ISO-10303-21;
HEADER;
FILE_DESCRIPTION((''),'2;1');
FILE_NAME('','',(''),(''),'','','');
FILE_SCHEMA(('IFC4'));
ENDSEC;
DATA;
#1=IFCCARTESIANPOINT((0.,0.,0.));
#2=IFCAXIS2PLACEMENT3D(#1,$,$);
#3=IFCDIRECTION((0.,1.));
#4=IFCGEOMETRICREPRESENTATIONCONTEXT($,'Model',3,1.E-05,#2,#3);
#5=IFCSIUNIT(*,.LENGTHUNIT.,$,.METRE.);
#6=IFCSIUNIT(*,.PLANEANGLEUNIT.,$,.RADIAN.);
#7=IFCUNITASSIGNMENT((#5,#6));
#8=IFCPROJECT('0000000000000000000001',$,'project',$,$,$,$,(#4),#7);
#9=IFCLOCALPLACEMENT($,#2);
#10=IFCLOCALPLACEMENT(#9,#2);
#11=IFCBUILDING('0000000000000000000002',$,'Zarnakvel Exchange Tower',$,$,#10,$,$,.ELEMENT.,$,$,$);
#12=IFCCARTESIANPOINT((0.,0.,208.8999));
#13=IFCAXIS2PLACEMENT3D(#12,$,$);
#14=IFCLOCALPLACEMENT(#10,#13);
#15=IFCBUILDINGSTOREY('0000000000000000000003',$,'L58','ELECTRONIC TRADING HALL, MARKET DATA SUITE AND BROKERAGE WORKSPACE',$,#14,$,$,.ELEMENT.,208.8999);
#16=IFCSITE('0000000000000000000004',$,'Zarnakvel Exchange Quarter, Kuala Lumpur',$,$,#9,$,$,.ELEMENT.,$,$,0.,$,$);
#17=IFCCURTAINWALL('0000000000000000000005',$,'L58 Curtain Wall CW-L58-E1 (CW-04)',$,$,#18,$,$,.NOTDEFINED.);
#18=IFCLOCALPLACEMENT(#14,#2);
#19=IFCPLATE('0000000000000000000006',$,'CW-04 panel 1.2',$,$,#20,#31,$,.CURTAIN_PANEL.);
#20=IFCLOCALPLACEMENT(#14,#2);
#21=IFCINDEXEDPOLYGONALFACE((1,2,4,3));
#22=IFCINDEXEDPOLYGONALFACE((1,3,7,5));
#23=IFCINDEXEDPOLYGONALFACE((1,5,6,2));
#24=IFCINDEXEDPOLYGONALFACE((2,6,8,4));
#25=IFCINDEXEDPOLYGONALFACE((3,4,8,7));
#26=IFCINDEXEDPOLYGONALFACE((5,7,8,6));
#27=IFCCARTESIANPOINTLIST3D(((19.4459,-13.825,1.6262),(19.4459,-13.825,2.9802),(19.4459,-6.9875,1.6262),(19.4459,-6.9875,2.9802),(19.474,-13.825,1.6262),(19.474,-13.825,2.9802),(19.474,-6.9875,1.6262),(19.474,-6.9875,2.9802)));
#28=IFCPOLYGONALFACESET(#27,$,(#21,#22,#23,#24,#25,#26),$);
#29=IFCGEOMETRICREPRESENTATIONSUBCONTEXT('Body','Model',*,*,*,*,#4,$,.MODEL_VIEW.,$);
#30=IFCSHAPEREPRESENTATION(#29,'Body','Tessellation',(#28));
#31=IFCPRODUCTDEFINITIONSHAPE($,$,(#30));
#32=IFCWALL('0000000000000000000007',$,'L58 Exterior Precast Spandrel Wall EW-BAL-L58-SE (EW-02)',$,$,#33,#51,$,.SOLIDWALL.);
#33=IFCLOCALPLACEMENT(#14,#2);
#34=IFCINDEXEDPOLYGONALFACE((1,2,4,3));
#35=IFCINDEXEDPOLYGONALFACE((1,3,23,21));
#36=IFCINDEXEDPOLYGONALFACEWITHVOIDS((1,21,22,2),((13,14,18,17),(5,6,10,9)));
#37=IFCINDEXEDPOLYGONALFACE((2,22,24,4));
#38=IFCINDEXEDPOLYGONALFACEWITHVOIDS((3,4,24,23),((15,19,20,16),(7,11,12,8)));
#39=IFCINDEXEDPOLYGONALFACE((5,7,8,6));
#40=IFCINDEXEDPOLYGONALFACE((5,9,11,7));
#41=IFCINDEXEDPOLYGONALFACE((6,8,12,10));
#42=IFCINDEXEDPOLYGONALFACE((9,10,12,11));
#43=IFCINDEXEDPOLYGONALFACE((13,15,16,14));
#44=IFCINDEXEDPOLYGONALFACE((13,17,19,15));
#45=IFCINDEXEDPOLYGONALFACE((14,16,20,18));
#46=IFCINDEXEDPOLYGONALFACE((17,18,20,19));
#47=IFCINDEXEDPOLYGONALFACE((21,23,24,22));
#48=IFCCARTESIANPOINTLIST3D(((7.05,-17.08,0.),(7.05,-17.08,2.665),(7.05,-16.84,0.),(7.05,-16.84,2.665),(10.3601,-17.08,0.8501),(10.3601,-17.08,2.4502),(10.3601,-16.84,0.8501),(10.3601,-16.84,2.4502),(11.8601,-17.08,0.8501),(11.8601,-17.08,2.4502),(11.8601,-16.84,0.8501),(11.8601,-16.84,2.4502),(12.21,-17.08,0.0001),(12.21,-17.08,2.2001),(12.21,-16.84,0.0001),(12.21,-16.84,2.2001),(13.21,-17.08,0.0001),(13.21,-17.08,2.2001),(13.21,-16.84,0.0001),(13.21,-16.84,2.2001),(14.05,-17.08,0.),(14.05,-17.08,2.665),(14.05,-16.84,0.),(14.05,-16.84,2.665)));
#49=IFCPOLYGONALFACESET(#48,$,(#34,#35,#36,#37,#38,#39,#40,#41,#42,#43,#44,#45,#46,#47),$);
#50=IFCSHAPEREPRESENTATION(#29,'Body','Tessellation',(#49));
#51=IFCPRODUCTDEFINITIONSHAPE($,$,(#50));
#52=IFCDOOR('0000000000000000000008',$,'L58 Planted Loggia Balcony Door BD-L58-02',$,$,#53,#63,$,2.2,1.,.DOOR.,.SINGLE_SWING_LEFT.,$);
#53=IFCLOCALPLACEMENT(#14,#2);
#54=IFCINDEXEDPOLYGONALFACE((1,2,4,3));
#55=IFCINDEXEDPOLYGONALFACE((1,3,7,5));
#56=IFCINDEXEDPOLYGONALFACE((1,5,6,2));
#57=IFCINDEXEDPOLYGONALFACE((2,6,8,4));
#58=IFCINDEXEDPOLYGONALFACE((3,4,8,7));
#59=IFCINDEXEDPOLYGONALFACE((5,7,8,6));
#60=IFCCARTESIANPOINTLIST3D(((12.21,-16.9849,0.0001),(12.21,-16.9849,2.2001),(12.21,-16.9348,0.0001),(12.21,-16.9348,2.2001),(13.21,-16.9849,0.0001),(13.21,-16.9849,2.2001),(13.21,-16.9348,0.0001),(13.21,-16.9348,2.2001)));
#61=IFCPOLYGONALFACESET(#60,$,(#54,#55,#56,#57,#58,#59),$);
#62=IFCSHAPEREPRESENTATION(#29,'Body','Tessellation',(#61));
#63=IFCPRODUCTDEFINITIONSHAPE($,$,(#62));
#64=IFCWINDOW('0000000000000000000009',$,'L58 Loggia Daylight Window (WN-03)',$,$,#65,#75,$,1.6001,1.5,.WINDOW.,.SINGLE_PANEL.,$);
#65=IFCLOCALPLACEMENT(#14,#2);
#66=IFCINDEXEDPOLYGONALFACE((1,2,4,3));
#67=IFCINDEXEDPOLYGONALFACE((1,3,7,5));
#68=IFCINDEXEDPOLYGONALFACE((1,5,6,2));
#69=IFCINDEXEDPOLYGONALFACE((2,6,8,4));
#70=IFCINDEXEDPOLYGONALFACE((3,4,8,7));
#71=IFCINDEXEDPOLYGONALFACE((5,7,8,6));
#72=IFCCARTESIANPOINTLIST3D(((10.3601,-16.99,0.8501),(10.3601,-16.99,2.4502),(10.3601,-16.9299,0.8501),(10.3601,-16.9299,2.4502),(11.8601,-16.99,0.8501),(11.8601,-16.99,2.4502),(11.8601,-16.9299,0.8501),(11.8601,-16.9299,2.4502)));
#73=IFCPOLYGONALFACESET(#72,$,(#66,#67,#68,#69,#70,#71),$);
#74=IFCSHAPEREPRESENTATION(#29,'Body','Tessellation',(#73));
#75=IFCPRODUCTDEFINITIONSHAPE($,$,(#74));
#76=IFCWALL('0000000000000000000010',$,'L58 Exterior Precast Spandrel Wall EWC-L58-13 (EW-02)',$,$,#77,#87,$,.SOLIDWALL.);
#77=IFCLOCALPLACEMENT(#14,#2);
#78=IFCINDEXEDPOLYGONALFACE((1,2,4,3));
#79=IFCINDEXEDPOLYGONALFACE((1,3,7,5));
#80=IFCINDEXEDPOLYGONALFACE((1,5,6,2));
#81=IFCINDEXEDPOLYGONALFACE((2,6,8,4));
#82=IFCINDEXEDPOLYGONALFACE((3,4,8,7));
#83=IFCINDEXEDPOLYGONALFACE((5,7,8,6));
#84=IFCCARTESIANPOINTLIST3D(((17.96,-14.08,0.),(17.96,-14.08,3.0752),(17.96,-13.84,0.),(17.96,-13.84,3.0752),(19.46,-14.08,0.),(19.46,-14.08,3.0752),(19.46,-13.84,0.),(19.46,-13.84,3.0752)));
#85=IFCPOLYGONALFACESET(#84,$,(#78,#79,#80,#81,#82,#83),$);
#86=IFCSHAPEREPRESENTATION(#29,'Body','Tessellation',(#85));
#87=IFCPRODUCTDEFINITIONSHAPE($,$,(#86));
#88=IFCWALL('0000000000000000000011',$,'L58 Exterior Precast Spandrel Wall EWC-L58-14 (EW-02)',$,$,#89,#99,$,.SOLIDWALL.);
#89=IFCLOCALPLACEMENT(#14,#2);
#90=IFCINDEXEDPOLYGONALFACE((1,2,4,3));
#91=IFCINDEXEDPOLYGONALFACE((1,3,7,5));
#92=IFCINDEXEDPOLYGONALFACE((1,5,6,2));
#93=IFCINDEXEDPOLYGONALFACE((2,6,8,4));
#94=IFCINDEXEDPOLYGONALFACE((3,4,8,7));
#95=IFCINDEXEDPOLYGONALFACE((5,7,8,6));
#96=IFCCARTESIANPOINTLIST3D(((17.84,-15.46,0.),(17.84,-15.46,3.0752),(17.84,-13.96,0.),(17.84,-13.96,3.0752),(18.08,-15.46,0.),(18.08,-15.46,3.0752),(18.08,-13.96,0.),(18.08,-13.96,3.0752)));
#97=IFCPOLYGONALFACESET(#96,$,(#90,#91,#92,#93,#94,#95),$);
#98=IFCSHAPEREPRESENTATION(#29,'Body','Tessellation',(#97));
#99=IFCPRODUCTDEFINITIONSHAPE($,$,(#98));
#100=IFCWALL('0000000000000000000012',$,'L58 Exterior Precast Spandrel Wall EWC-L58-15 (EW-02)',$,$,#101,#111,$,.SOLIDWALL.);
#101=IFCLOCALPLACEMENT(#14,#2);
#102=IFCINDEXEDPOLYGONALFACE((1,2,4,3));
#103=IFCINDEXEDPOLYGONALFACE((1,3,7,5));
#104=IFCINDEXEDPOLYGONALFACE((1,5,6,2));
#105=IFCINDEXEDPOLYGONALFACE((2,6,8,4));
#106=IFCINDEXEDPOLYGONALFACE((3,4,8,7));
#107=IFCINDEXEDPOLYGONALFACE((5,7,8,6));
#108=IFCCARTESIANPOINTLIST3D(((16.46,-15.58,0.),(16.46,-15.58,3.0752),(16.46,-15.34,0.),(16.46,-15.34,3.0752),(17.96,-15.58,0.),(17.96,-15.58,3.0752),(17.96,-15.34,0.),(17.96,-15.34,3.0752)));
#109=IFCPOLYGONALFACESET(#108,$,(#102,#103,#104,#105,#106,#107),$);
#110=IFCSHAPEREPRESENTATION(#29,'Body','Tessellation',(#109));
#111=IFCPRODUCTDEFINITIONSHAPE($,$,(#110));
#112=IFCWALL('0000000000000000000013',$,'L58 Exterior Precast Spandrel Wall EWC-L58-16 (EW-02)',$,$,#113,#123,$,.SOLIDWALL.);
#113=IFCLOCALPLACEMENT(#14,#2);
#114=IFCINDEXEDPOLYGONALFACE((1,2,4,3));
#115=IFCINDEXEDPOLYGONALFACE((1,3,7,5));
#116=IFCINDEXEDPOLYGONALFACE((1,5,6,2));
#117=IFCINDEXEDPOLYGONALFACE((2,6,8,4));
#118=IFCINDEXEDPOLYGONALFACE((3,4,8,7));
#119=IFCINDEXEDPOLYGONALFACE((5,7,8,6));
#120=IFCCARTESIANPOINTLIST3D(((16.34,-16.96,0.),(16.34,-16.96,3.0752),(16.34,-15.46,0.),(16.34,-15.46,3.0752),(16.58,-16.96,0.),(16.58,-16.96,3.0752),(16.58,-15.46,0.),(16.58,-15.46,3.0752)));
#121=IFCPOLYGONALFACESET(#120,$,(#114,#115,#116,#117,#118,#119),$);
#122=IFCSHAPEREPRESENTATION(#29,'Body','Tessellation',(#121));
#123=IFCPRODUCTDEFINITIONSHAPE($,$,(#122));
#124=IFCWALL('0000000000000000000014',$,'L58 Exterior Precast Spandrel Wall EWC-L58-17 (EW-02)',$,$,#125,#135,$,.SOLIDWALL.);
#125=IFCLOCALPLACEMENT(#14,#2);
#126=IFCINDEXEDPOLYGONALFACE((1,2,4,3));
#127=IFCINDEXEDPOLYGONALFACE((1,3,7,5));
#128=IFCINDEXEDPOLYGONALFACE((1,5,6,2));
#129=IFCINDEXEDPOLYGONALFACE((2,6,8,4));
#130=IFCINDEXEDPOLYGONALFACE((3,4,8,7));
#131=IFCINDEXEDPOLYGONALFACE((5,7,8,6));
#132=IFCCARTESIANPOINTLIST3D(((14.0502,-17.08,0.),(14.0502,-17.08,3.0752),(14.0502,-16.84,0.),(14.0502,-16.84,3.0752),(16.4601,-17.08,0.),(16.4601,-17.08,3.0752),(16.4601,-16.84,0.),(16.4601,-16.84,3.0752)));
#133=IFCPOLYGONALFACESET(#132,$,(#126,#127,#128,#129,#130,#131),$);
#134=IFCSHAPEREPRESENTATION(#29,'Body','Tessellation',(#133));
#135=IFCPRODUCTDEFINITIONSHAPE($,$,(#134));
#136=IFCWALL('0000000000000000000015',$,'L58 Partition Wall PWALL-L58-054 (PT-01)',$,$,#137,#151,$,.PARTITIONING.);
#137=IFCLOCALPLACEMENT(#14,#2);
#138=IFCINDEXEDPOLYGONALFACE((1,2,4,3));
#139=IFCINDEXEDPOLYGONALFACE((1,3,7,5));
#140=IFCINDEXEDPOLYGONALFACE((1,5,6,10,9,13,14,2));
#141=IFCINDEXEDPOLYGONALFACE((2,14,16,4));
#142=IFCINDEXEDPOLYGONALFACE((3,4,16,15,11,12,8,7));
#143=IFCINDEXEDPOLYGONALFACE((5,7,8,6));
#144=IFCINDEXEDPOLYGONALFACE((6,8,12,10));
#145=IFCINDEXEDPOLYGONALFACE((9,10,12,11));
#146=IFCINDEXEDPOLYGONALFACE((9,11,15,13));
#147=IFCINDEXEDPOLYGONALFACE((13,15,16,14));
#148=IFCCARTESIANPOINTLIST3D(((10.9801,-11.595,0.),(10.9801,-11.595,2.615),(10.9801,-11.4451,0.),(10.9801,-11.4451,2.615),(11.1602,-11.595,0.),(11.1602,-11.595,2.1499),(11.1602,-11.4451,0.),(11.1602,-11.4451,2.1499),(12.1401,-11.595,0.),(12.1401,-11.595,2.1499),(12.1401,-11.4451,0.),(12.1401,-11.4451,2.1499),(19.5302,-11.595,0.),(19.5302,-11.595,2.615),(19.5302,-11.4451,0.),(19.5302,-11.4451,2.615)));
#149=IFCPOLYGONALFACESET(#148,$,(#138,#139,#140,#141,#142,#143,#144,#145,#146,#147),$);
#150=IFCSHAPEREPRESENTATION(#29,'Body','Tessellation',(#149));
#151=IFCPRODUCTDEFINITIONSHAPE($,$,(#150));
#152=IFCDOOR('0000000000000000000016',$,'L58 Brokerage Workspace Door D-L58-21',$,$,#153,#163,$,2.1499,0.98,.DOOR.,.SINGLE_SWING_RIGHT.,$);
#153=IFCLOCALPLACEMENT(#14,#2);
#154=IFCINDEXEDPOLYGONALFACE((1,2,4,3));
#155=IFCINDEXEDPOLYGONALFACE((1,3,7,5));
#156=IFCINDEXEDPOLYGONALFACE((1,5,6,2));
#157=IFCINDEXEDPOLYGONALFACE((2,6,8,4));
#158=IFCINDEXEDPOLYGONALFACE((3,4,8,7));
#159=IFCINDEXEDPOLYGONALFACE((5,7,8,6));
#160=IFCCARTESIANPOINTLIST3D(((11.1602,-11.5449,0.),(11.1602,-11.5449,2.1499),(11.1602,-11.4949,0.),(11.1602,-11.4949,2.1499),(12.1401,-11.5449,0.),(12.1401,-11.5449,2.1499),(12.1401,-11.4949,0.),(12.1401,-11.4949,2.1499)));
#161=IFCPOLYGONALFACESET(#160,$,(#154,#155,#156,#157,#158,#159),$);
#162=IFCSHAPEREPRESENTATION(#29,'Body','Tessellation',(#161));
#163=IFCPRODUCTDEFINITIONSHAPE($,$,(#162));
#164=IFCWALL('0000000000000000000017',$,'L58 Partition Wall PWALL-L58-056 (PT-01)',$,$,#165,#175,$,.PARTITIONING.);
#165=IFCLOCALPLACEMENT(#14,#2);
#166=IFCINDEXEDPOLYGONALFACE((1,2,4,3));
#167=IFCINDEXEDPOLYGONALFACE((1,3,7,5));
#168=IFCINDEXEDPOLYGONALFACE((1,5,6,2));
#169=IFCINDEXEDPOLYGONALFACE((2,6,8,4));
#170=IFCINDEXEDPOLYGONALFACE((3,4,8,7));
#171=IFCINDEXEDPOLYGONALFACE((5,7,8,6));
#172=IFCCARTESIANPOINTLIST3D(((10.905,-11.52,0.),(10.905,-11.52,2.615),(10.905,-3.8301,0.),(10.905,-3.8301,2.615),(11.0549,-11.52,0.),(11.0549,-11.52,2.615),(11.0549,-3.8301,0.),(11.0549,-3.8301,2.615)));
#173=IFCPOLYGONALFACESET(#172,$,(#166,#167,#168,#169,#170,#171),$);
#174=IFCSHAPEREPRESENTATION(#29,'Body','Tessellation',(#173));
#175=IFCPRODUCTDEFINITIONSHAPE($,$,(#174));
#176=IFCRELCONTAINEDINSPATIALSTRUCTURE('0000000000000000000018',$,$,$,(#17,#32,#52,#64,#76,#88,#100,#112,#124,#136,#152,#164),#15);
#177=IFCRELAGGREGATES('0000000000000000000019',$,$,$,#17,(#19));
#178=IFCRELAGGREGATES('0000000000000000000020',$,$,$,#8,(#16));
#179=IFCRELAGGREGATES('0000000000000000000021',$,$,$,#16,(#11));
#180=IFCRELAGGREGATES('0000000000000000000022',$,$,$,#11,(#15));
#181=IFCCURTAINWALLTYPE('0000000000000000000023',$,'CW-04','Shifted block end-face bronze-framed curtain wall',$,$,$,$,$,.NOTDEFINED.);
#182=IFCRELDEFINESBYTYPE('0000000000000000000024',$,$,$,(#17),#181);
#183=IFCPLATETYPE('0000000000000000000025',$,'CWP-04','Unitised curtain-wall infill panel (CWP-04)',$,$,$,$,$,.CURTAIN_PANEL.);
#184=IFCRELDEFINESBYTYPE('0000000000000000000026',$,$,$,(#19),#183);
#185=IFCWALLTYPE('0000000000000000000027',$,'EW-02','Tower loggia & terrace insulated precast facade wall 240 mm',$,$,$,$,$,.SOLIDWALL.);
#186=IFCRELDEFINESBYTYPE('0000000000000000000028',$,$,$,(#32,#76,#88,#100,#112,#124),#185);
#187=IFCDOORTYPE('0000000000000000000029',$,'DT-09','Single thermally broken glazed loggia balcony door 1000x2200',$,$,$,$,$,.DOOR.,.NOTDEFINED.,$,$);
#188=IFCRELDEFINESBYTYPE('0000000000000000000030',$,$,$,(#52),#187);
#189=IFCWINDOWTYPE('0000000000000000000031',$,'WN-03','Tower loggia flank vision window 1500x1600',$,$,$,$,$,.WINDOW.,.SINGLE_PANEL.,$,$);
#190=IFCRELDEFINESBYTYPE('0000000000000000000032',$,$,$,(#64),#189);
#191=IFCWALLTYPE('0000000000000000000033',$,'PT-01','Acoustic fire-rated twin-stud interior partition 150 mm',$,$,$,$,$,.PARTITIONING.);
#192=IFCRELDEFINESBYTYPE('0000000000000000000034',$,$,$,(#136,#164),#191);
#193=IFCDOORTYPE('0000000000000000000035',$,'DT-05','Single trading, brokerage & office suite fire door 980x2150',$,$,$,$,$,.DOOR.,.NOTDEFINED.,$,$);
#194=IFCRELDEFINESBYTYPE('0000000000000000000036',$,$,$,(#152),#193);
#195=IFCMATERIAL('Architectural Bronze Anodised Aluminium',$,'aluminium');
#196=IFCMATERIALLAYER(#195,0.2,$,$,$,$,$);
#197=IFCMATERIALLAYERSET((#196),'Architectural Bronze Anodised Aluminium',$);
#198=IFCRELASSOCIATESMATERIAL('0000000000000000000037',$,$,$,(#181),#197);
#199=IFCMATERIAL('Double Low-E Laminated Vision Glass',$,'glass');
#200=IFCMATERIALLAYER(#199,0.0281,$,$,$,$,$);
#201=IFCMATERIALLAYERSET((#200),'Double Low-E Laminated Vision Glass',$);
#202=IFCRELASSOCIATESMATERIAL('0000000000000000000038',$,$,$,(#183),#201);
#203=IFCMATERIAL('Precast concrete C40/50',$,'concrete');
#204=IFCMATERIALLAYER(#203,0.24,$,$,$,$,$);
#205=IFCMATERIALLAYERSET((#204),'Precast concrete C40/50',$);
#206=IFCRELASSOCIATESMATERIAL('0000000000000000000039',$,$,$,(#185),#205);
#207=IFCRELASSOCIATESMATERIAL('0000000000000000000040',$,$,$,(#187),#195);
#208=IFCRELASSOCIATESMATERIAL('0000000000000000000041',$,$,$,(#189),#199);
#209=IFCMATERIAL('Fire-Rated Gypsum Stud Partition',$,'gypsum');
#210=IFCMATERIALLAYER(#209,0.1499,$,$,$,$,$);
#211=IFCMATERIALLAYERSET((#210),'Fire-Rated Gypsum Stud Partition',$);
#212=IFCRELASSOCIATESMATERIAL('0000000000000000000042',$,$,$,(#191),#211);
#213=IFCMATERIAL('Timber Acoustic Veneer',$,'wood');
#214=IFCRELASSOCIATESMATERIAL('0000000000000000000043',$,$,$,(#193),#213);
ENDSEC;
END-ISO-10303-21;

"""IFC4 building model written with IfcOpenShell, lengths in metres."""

from ifc_helpers import new_model, si_unit, direction, frame, frame_2d, origin, origin_2d, place, context, subcontext, project, spatial, rectangle, extrude, source, transform, mapped, material, layer, layer_set, type_object, element, fill, aggregate, save


model = new_model("IFC4")

# Units and contexts
model_context = context("Model", 3, precision=1e-05, world=origin(), true_north=direction((0.0, 1.0)))
body_context = subcontext(model_context, "Body", "Model", "MODEL_VIEW")
ifc_project = project(units=[si_unit("LENGTHUNIT", "METRE"), si_unit("PLANEANGLEUNIT", "RADIAN")], contexts=[model_context])

# Site, building, storey
site_placement = place(None, origin())
site = spatial("IfcSite", under=ifc_project, at=site_placement, Name="Zarnakvel Exchange Quarter, Kuala Lumpur", CompositionType="ELEMENT", RefElevation=0.0)
building_placement = place(site_placement, origin())
building = spatial("IfcBuilding", under=site, at=building_placement, Name="Zarnakvel Exchange Tower", CompositionType="ELEMENT")
storey_placement = place(building_placement, frame((0.0, 0.0, 208.8999)))
storey = spatial("IfcBuildingStorey", under=building, at=storey_placement, Name="L58", Description="ELECTRONIC TRADING HALL, MARKET DATA SUITE AND BROKERAGE WORKSPACE", CompositionType="ELEMENT", Elevation=208.8999)

# Curtain wall, plate
ifc_material_1 = material(Name="Architectural Bronze Anodised Aluminium", Category="aluminium")
ifc_layer_1 = layer(ifc_material_1, 0.2)
ifc_layer_set_1 = layer_set([ifc_layer_1], Name="Architectural Bronze Anodised Aluminium")
curtain_wall_type = type_object("IfcCurtainWallType", Name="CW-04", Description="Shifted block end-face bronze-framed curtain wall", PredefinedType="NOTDEFINED", material=ifc_layer_set_1)
curtain_wall_placement = place(storey_placement, origin())
curtain_wall = element("IfcCurtainWall", 1, at=curtain_wall_placement, inside=storey, type_object=curtain_wall_type, Name="L58 Curtain Wall CW-L58-E1 (CW-04)", PredefinedType="NOTDEFINED")
ifc_material_2 = material(Name="Double Low-E Laminated Vision Glass", Category="glass")
ifc_layer_2 = layer(ifc_material_2, 0.0281)
ifc_layer_set_2 = layer_set([ifc_layer_2], Name="Double Low-E Laminated Vision Glass")
plate_type = type_object("IfcPlateType", Name="CWP-04", Description="Unitised curtain-wall infill panel (CWP-04)", PredefinedType="CURTAIN_PANEL", material=ifc_layer_set_2)
shared_shape_1 = source(origin(), body_context, "Body", "SweptSolid", [
    extrude(rectangle(XDim=6.8374, YDim=0.0281, at=origin_2d()), origin(), (0.0, 0.0, 1.0), 1.354),
])
plate_1_placement = place(storey_placement, frame((19.46, -10.4062, 1.6262), z_axis=(0.0, 0.0, 1.0), x_axis=(0.0, 1.0, 0.0)))
plate_1 = element("IfcPlate", 2, at=plate_1_placement, type_object=plate_type, Name="CW-04 panel 1.2", PredefinedType="CURTAIN_PANEL", context=body_context, shape_type="MappedRepresentation", body=[
    mapped(shared_shape_1, transform((0.0, 0.0, 0.0), x_axis=(1.0, 0.0, 0.0), y_axis=(0.0, 1.0, 0.0), z_axis=(0.0, 0.0, 1.0), scale=1.0)),
])
aggregate(curtain_wall, [plate_1])

# Wall, openings, door, window
ifc_material_3 = material(Name="Precast concrete C40/50", Category="concrete")
ifc_layer_3 = layer(ifc_material_3, 0.24)
ifc_layer_set_3 = layer_set([ifc_layer_3], Name="Precast concrete C40/50")
wall_type_1 = type_object("IfcWallType", Name="EW-02", Description="Tower loggia & terrace insulated precast facade wall 240 mm", PredefinedType="SOLIDWALL", material=ifc_layer_set_3)
wall_1_placement = place(storey_placement, frame((14.05, -16.96, 0.0), z_axis=(0.0, 0.0, 1.0), x_axis=(-1.0, 0.0, 0.0)))
wall_1 = element("IfcWall", 3, at=wall_1_placement, inside=storey, type_object=wall_type_1, Name="L58 Exterior Precast Spandrel Wall EW-BAL-L58-SE (EW-02)", PredefinedType="SOLIDWALL", context=body_context, shape_type="SweptSolid", body=[
    extrude(rectangle(XDim=7.0, YDim=0.24, at=frame_2d((3.5, 0.0))), origin(), (0.0, 0.0, 1.0), 2.665),
])
opening_1_placement = place(wall_1_placement, frame((0.8401, 0.0, 0.0)))
opening_1 = element("IfcOpeningElement", 4, at=opening_1_placement, cuts=wall_1, PredefinedType="OPENING", context=body_context, shape_type="SweptSolid", body=[
    extrude(rectangle(XDim=1.0, YDim=2.2, at=frame_2d((0.5, 1.1001))), frame((0.0, 0.1299, 0.0), z_axis=(0.0, -1.0, 0.0), x_axis=(1.0, 0.0, 0.0)), (0.0, 0.0, 1.0), 0.26),
])
opening_2_placement = place(wall_1_placement, frame((2.1899, 0.0, 0.8501)))
opening_2 = element("IfcOpeningElement", 5, at=opening_2_placement, cuts=wall_1, PredefinedType="OPENING", context=body_context, shape_type="SweptSolid", body=[
    extrude(rectangle(XDim=1.5, YDim=1.6001, at=frame_2d((0.75, 0.8))), frame((0.0, 0.1299, 0.0), z_axis=(0.0, -1.0, 0.0), x_axis=(1.0, 0.0, 0.0)), (0.0, 0.0, 1.0), 0.26),
])
door_type_1 = type_object("IfcDoorType", Name="DT-09", Description="Single thermally broken glazed loggia balcony door 1000x2200", OperationType="NOTDEFINED", PredefinedType="DOOR", material=ifc_material_1)
shared_shape_2 = source(origin(), body_context, "Body", "SweptSolid", [
    extrude(rectangle(XDim=1.0, YDim=2.2, at=frame_2d((0.5, 1.1001))), frame((0.0, 0.0249, 0.0), z_axis=(0.0, -1.0, 0.0), x_axis=(1.0, 0.0, 0.0)), (0.0, 0.0, 1.0), 0.05),
])
door_1_placement = place(opening_1_placement, origin())
door_1 = element("IfcDoor", 6, at=door_1_placement, inside=storey, type_object=door_type_1, Name="L58 Planted Loggia Balcony Door BD-L58-02", OperationType="SINGLE_SWING_LEFT", OverallHeight=2.2, OverallWidth=1.0, PredefinedType="DOOR", context=body_context, shape_type="MappedRepresentation", body=[
    mapped(shared_shape_2, transform((0.0, 0.0, 0.0), x_axis=(1.0, 0.0, 0.0), y_axis=(0.0, 1.0, 0.0), z_axis=(0.0, 0.0, 1.0), scale=1.0)),
])
fill(opening_1, door_1)
window_type = type_object("IfcWindowType", Name="WN-03", Description="Tower loggia flank vision window 1500x1600", PartitioningType="SINGLE_PANEL", PredefinedType="WINDOW", material=ifc_material_2)
shared_shape_3 = source(origin(), body_context, "Body", "SweptSolid", [
    extrude(rectangle(XDim=1.5, YDim=1.6001, at=frame_2d((0.75, 0.8))), frame((0.0, 0.03, 0.0), z_axis=(0.0, -1.0, 0.0), x_axis=(1.0, 0.0, 0.0)), (0.0, 0.0, 1.0), 0.0601),
])
window_placement = place(opening_2_placement, origin())
window = element("IfcWindow", 7, at=window_placement, inside=storey, type_object=window_type, Name="L58 Loggia Daylight Window (WN-03)", OverallHeight=1.6001, OverallWidth=1.5, PartitioningType="SINGLE_PANEL", PredefinedType="WINDOW", context=body_context, shape_type="MappedRepresentation", body=[
    mapped(shared_shape_3, transform((0.0, 0.0, 0.0), x_axis=(1.0, 0.0, 0.0), y_axis=(0.0, 1.0, 0.0), z_axis=(0.0, 0.0, 1.0), scale=1.0)),
])
fill(opening_2, window)

# Walls
for number, where, z_axis, x_axis, name in (
    (8, (17.96, -13.96, 0.0), (0.0, 0.0, 1.0), (1.0, 0.0, 0.0), "L58 Exterior Precast Spandrel Wall EWC-L58-13 (EW-02)"),
    (9, (17.96, -15.46, 0.0), (0.0, 0.0, 1.0), (0.0, 1.0, 0.0), "L58 Exterior Precast Spandrel Wall EWC-L58-14 (EW-02)"),
    (10, (16.46, -15.46, 0.0), (0.0, 0.0, 1.0), (1.0, 0.0, 0.0), "L58 Exterior Precast Spandrel Wall EWC-L58-15 (EW-02)"),
    (11, (16.46, -16.96, 0.0), (0.0, 0.0, 1.0), (0.0, 1.0, 0.0), "L58 Exterior Precast Spandrel Wall EWC-L58-16 (EW-02)"),
):
    element("IfcWall", number, at=place(storey_placement, frame(where, z_axis=z_axis, x_axis=x_axis)), inside=storey, type_object=wall_type_1, Name=name, PredefinedType="SOLIDWALL", context=body_context, shape_type="SweptSolid", body=[
        extrude(rectangle(XDim=1.5, YDim=0.24, at=frame_2d((0.75, 0.0))), origin(), (0.0, 0.0, 1.0), 3.0752),
    ])
wall_2_placement = place(storey_placement, frame((14.05, -16.96, 0.0), z_axis=(0.0, 0.0, 1.0), x_axis=(1.0, 0.0, 0.0)))
element("IfcWall", 12, at=wall_2_placement, inside=storey, type_object=wall_type_1, Name="L58 Exterior Precast Spandrel Wall EWC-L58-17 (EW-02)", PredefinedType="SOLIDWALL", context=body_context, shape_type="SweptSolid", body=[
    extrude(rectangle(XDim=2.4099, YDim=0.24, at=frame_2d((1.2051, 0.0))), origin(), (0.0, 0.0, 1.0), 3.0752),
])

# Wall, opening, door
ifc_material_4 = material(Name="Fire-Rated Gypsum Stud Partition", Category="gypsum")
ifc_layer_4 = layer(ifc_material_4, 0.1499)
ifc_layer_set_4 = layer_set([ifc_layer_4], Name="Fire-Rated Gypsum Stud Partition")
wall_type_2 = type_object("IfcWallType", Name="PT-01", Description="Acoustic fire-rated twin-stud interior partition 150 mm", PredefinedType="PARTITIONING", material=ifc_layer_set_4)
wall_3_placement = place(storey_placement, frame((19.53, -11.52, 0.0), z_axis=(0.0, 0.0, 1.0), x_axis=(-1.0, 0.0, 0.0)))
wall_3 = element("IfcWall", 13, at=wall_3_placement, inside=storey, type_object=wall_type_2, Name="L58 Partition Wall PWALL-L58-054 (PT-01)", PredefinedType="PARTITIONING", context=body_context, shape_type="SweptSolid", body=[
    extrude(rectangle(XDim=8.55, YDim=0.1499, at=frame_2d((4.2749, 0.0))), origin(), (0.0, 0.0, 1.0), 2.615),
])
opening_3_placement = place(wall_3_placement, frame((7.3899, 0.0, 0.0)))
opening_3 = element("IfcOpeningElement", 14, at=opening_3_placement, cuts=wall_3, PredefinedType="OPENING", context=body_context, shape_type="SweptSolid", body=[
    extrude(rectangle(XDim=0.98, YDim=2.1499, at=frame_2d((0.49, 1.075))), frame((0.0, 0.085, 0.0), z_axis=(0.0, -1.0, 0.0), x_axis=(1.0, 0.0, 0.0)), (0.0, 0.0, 1.0), 0.1699),
])
ifc_material_5 = material(Name="Timber Acoustic Veneer", Category="wood")
door_type_2 = type_object("IfcDoorType", Name="DT-05", Description="Single trading, brokerage & office suite fire door 980x2150", OperationType="NOTDEFINED", PredefinedType="DOOR", material=ifc_material_5)
shared_shape_4 = source(origin(), body_context, "Body", "SweptSolid", [
    extrude(rectangle(XDim=0.98, YDim=2.1499, at=frame_2d((0.49, 1.075))), frame((0.0, 0.0249, 0.0), z_axis=(0.0, -1.0, 0.0), x_axis=(1.0, 0.0, 0.0)), (0.0, 0.0, 1.0), 0.05),
])
door_2_placement = place(opening_3_placement, origin())
door_2 = element("IfcDoor", 15, at=door_2_placement, inside=storey, type_object=door_type_2, Name="L58 Brokerage Workspace Door D-L58-21", OperationType="SINGLE_SWING_RIGHT", OverallHeight=2.1499, OverallWidth=0.98, PredefinedType="DOOR", context=body_context, shape_type="MappedRepresentation", body=[
    mapped(shared_shape_4, transform((0.0, 0.0, 0.0), x_axis=(1.0, 0.0, 0.0), y_axis=(0.0, 1.0, 0.0), z_axis=(0.0, 0.0, 1.0), scale=1.0)),
])
fill(opening_3, door_2)

# Wall
wall_4_placement = place(storey_placement, frame((10.98, -11.52, 0.0), z_axis=(0.0, 0.0, 1.0), x_axis=(0.0, 1.0, 0.0)))
element("IfcWall", 16, at=wall_4_placement, inside=storey, type_object=wall_type_2, Name="L58 Partition Wall PWALL-L58-056 (PT-01)", PredefinedType="PARTITIONING", context=body_context, shape_type="SweptSolid", body=[
    extrude(rectangle(XDim=7.6899, YDim=0.1499, at=frame_2d((3.845, 0.0))), origin(), (0.0, 0.0, 1.0), 2.615),
])

save(model, "model.ifc")
